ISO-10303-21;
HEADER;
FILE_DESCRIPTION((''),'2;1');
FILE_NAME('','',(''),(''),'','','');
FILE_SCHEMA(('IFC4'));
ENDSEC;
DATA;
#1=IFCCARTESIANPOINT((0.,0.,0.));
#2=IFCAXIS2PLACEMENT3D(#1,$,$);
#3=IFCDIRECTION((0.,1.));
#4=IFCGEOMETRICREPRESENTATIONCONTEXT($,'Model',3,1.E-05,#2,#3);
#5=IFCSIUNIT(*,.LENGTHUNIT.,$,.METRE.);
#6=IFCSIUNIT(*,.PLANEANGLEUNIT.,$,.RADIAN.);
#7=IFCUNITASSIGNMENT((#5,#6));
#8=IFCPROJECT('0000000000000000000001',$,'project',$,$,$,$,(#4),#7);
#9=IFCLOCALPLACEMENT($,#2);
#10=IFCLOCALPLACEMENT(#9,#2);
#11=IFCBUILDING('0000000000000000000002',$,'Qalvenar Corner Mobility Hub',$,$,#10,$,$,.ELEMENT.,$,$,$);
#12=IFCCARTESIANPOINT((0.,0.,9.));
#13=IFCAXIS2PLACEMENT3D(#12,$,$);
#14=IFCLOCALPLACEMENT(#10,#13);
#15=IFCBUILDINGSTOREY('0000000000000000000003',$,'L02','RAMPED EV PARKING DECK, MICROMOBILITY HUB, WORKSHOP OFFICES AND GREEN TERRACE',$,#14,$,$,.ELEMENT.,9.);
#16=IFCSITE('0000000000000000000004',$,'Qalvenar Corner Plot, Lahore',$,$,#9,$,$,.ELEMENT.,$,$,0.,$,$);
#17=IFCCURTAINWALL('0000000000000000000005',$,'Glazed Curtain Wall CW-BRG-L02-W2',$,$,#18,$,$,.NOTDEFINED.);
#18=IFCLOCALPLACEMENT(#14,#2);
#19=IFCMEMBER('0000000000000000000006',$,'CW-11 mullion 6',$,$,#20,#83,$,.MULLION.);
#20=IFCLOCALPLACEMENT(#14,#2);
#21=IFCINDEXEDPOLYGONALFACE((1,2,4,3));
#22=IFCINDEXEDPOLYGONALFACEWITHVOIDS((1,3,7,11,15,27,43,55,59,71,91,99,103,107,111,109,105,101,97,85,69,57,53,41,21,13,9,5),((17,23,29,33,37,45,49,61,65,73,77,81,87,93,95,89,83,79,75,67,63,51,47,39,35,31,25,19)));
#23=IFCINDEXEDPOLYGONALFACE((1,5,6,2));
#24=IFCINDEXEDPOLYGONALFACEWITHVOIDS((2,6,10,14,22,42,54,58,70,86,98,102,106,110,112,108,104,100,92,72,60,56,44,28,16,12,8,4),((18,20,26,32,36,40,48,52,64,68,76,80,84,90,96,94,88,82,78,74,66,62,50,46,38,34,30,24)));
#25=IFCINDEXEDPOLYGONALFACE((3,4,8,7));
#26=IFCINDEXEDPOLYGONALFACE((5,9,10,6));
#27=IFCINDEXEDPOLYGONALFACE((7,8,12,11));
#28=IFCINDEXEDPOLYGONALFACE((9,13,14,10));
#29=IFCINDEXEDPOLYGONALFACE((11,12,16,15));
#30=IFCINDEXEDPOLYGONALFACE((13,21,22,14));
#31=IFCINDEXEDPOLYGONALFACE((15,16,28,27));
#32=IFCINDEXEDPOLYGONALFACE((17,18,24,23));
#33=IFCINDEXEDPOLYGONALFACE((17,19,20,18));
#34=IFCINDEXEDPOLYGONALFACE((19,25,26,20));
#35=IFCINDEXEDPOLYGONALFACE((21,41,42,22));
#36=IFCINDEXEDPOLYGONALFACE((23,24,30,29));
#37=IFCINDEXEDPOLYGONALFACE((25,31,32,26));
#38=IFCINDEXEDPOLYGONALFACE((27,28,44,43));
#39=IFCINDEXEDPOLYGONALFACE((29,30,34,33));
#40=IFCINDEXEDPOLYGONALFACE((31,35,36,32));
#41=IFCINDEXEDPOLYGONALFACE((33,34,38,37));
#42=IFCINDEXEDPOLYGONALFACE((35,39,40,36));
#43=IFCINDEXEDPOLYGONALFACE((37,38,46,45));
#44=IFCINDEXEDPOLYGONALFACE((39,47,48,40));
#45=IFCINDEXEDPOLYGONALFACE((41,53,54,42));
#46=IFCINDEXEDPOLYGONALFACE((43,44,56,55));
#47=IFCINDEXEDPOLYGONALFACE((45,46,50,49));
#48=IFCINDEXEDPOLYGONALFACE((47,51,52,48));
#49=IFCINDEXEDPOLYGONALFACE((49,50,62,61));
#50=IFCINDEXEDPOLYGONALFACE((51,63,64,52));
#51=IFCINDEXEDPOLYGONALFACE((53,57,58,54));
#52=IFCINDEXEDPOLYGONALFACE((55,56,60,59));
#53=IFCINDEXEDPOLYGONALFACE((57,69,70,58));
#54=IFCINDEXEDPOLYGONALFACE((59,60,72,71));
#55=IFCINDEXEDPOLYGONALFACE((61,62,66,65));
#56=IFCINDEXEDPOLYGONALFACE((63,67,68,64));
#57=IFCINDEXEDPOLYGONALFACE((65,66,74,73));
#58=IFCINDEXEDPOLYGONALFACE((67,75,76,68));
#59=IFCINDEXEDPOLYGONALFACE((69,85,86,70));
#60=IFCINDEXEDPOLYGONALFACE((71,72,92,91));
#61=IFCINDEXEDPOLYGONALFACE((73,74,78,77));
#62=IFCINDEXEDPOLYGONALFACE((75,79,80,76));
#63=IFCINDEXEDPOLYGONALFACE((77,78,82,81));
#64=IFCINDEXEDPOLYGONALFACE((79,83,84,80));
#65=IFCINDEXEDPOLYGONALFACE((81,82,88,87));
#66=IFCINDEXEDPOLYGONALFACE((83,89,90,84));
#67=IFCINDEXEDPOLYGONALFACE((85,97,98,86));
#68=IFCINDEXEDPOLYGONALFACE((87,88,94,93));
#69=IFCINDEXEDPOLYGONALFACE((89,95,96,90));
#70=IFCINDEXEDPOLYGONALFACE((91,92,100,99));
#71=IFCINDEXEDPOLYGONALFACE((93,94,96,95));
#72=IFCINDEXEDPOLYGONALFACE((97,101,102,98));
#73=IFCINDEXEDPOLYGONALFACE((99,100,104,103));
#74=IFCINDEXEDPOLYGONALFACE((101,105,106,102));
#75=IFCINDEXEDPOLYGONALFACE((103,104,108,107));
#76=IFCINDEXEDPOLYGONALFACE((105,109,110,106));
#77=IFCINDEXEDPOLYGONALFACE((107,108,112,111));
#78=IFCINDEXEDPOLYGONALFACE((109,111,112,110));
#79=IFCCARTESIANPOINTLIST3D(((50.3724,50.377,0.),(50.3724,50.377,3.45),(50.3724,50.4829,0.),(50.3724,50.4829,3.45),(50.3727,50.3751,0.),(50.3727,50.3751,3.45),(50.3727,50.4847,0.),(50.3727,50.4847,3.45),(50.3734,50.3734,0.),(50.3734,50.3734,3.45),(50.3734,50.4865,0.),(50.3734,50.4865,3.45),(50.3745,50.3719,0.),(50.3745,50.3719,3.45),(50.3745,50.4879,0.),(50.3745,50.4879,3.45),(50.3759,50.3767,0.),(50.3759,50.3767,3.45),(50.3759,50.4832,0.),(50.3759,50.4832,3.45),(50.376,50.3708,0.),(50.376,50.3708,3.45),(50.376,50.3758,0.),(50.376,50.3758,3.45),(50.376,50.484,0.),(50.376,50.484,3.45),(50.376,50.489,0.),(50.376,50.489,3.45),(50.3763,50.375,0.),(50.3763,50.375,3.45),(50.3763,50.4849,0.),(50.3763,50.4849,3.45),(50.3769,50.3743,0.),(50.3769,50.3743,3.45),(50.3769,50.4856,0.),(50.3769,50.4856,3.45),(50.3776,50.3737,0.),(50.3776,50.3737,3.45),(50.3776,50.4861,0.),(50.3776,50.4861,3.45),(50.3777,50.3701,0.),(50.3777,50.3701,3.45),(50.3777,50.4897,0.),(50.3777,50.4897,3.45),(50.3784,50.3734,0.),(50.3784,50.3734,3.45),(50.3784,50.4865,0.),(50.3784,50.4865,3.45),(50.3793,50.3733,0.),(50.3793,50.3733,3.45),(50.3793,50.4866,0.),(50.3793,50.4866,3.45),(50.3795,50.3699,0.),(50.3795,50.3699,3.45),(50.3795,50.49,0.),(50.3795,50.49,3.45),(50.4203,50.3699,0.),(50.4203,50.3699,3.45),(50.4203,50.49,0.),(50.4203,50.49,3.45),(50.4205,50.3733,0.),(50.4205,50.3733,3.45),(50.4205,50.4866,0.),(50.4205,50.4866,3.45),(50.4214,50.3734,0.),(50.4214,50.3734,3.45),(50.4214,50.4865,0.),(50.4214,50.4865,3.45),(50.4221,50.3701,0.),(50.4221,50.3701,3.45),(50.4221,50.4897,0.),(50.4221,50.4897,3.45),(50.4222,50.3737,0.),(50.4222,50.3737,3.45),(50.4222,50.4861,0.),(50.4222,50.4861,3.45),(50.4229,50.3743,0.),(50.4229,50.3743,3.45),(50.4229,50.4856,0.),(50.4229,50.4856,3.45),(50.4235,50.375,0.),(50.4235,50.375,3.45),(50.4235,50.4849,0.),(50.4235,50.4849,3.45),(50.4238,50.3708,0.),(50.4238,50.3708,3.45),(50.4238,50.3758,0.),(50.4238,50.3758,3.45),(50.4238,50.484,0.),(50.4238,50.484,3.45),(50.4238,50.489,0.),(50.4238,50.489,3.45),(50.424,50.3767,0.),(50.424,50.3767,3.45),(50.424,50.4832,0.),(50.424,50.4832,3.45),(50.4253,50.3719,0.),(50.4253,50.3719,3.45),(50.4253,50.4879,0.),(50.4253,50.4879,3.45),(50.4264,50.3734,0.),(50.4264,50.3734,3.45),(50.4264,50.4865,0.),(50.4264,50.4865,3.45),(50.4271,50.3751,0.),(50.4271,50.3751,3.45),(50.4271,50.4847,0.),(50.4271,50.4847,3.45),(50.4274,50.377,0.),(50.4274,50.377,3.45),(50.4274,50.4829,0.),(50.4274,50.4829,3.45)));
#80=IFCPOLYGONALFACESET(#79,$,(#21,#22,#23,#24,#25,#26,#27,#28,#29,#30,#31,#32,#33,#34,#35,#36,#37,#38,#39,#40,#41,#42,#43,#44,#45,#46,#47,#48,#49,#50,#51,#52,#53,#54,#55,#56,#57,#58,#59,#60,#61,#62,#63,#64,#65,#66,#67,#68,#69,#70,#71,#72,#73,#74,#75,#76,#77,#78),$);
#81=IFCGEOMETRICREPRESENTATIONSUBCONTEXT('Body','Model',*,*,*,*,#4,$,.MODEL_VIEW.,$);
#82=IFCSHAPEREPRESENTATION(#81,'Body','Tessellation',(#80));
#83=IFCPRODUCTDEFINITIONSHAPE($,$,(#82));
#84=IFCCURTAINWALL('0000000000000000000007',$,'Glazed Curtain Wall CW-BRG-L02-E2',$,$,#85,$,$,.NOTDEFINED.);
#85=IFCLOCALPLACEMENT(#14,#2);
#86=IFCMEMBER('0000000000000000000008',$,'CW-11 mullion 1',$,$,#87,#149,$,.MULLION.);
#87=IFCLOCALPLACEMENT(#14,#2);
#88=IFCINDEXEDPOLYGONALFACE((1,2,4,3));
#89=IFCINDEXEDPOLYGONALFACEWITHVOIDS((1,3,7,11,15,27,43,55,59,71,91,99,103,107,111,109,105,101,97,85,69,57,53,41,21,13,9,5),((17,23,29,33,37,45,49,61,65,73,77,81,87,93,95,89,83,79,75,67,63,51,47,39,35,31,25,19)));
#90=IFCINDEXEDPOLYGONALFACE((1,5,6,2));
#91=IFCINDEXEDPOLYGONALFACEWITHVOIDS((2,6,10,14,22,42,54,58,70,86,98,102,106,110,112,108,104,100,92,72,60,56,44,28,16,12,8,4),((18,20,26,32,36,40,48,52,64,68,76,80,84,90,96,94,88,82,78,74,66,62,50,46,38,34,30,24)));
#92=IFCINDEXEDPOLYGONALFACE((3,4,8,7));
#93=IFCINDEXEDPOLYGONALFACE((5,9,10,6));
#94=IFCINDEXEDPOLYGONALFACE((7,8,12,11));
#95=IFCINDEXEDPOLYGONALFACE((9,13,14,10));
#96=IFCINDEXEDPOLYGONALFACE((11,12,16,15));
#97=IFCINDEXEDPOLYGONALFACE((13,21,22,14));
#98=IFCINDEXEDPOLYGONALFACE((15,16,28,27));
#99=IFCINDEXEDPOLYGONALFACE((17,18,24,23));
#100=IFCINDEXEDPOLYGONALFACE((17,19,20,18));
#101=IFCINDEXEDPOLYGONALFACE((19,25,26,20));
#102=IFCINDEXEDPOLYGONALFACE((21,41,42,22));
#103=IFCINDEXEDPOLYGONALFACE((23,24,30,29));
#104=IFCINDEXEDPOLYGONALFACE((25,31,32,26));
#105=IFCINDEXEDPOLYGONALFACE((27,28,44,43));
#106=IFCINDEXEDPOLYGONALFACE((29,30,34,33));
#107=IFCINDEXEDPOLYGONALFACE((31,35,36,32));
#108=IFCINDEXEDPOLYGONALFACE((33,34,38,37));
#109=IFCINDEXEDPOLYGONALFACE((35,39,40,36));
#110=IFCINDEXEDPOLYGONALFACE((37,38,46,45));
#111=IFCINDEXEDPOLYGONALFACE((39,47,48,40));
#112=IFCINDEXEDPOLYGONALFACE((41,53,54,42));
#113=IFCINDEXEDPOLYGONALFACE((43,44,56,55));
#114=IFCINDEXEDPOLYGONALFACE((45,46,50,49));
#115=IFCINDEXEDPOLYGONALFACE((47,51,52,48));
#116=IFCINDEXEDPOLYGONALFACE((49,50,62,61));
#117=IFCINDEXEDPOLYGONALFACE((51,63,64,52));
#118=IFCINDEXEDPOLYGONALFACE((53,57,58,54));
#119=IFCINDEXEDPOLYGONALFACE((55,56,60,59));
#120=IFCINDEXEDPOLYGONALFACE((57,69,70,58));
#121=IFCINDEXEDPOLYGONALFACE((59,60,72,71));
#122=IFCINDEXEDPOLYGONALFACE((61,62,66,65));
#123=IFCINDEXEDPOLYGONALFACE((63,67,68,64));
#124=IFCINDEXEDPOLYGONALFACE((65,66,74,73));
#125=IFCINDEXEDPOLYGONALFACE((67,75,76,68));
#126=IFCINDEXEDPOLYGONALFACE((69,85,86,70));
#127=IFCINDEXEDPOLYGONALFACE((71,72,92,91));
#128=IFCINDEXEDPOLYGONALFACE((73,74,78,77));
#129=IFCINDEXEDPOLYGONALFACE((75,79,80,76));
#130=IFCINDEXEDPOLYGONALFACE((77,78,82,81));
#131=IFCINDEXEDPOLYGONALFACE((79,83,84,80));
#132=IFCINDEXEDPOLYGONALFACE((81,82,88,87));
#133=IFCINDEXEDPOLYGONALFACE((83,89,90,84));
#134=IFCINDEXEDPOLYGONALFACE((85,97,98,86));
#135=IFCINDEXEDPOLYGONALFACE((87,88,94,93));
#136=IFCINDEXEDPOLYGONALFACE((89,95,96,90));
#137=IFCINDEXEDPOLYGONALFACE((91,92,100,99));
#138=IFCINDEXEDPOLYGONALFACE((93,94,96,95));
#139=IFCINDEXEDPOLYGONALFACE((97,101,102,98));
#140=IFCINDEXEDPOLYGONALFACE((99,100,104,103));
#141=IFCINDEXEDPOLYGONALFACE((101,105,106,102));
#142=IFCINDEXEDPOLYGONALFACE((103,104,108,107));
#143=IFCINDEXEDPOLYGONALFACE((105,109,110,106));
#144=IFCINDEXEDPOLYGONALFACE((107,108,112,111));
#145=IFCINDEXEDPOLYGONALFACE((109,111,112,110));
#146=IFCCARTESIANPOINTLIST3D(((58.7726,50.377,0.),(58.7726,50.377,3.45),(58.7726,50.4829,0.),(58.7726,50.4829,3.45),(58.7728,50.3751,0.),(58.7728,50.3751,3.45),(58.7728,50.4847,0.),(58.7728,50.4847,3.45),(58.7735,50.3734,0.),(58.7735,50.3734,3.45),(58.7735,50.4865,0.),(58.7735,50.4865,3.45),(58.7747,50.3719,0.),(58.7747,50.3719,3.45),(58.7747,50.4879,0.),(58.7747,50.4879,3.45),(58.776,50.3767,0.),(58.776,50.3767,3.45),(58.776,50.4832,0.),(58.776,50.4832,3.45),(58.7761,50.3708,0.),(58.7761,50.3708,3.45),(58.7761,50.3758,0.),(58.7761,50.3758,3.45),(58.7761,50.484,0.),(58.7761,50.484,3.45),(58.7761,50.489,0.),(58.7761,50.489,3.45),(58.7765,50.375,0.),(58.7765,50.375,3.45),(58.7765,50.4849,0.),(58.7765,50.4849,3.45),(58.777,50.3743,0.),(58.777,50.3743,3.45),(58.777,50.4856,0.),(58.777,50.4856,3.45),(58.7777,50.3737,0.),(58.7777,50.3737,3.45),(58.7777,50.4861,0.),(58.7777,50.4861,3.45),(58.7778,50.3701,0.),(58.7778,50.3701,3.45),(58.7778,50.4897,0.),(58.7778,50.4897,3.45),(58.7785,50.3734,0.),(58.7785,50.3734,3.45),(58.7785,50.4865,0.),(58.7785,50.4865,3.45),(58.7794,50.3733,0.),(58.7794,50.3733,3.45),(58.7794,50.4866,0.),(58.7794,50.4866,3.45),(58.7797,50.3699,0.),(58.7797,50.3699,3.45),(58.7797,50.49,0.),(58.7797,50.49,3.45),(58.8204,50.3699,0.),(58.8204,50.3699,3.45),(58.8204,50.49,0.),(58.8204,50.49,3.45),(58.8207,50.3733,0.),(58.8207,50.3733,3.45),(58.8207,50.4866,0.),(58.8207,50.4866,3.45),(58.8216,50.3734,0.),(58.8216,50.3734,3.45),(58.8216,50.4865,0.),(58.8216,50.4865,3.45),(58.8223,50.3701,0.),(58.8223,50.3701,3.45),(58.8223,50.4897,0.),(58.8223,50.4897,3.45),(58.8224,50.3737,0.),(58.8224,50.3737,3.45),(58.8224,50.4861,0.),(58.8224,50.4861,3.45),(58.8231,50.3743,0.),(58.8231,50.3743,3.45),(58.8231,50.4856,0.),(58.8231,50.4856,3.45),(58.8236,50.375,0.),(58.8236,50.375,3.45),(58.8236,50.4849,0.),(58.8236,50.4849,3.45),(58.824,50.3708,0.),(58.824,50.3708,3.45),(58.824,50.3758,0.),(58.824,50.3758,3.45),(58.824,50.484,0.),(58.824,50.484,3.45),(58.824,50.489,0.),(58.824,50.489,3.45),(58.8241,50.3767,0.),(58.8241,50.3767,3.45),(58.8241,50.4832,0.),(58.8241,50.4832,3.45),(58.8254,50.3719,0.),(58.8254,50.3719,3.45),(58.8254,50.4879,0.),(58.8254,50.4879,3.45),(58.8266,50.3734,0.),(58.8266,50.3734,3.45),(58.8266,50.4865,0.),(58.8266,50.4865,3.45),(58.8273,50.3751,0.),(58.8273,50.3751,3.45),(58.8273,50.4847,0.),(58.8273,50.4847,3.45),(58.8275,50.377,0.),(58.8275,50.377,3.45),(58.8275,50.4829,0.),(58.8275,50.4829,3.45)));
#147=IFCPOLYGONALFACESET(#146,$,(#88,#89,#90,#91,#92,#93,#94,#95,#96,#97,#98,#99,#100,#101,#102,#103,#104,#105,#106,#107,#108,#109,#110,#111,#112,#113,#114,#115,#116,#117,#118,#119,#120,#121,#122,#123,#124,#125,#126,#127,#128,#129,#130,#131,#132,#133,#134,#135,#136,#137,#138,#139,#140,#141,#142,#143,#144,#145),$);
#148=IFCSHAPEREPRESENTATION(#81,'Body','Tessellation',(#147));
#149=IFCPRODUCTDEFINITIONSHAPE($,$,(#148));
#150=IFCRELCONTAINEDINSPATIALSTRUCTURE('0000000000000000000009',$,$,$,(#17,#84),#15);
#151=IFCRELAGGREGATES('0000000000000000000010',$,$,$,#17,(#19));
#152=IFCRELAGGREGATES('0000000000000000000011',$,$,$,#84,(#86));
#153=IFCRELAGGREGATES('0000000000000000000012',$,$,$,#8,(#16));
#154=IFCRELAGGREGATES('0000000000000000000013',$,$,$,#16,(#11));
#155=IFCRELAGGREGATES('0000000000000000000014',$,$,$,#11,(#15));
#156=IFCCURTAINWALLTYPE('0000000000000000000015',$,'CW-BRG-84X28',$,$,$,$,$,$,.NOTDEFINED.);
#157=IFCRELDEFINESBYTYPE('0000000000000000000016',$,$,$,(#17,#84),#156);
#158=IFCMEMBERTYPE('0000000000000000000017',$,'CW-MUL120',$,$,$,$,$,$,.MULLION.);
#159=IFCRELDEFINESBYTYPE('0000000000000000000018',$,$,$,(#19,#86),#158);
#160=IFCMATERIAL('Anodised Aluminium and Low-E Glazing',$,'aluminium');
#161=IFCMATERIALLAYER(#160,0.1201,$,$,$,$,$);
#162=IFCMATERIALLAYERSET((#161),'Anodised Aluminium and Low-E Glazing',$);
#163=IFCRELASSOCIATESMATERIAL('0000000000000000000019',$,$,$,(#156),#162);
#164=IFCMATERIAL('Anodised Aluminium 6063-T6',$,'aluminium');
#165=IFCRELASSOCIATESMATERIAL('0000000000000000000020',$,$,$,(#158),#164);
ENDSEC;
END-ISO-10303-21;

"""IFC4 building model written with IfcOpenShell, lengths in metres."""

from ifc_helpers import new_model, si_unit, direction, frame, origin, origin_2d, place, context, subcontext, project, spatial, hollow_rectangle, extrude, material, layer, layer_set, material_profile, profile_set, type_object, element, aggregate, save


model = new_model("IFC4")

# Units and contexts
model_context = context("Model", 3, precision=1e-05, world=origin(), true_north=direction((0.0, 1.0)))
body_context = subcontext(model_context, "Body", "Model", "MODEL_VIEW")
ifc_project = project(units=[si_unit("LENGTHUNIT", "METRE"), si_unit("PLANEANGLEUNIT", "RADIAN")], contexts=[model_context])

# Site, building, storey
site_placement = place(None, origin())
site = spatial("IfcSite", under=ifc_project, at=site_placement, Name="Qalvenar Corner Plot, Lahore", CompositionType="ELEMENT", RefElevation=0.0)
building_placement = place(site_placement, origin())
building = spatial("IfcBuilding", under=site, at=building_placement, Name="Qalvenar Corner Mobility Hub", CompositionType="ELEMENT")
storey_placement = place(building_placement, frame((0.0, 0.0, 9.0)))
storey = spatial("IfcBuildingStorey", under=building, at=storey_placement, Name="L02", Description="RAMPED EV PARKING DECK, MICROMOBILITY HUB, WORKSHOP OFFICES AND GREEN TERRACE", CompositionType="ELEMENT", Elevation=9.0)

# Shared definitions
ifc_material_1 = material(Name="Anodised Aluminium and Low-E Glazing", Category="aluminium")
ifc_layer_1 = layer(ifc_material_1, 0.1201)
ifc_layer_set_1 = layer_set([ifc_layer_1], Name="Anodised Aluminium and Low-E Glazing")
curtain_wall_type = type_object("IfcCurtainWallType", Name="CW-BRG-84X28", PredefinedType="NOTDEFINED", material=ifc_layer_set_1)
ifc_material_2 = material(Name="Anodised Aluminium 6063-T6", Category="aluminium")
ifc_material_profile_1 = material_profile(ifc_material_2, hollow_rectangle(XDim=0.0549, YDim=0.1201, WallThickness=0.0034, InnerFilletRadius=0.0034, OuterFilletRadius=0.0071, at=origin_2d()), Name="RHS120x55x3.5")
ifc_profile_set_1 = profile_set([ifc_material_profile_1], Name="Anodised Aluminium 6063-T6")
member_type_1 = type_object("IfcMemberType", Name="CW-MUL120", PredefinedType="MULLION", material=ifc_profile_set_1)

# Curtain walls, members
curtain_wall_1_placement = place(storey_placement, origin())
curtain_wall_1 = element("IfcCurtainWall", 1, at=curtain_wall_1_placement, inside=storey, type_object=curtain_wall_type, Name="Glazed Curtain Wall CW-BRG-L02-W2", PredefinedType="NOTDEFINED")
member_1_placement = place(storey_placement, frame((50.3999, 50.4299, 0.0), z_axis=(0.0, 0.0, 1.0), x_axis=(1.0, 0.0, 0.0)))
member_1 = element("IfcMember", 2, at=member_1_placement, type_object=member_type_1, Name="CW-11 mullion 6", PredefinedType="MULLION", context=body_context, shape_type="SweptSolid", body=[
    extrude(hollow_rectangle(XDim=0.0549, YDim=0.1201, WallThickness=0.0034, InnerFilletRadius=0.0034, OuterFilletRadius=0.0071, at=origin_2d()), origin(), (0.0, 0.0, 1.0), 3.45),
])
curtain_wall_2_placement = place(storey_placement, origin())
curtain_wall_2 = element("IfcCurtainWall", 3, at=curtain_wall_2_placement, inside=storey, type_object=curtain_wall_type, Name="Glazed Curtain Wall CW-BRG-L02-E2", PredefinedType="NOTDEFINED")
member_2_placement = place(storey_placement, frame((58.8, 50.4299, 0.0), z_axis=(0.0, 0.0, 1.0), x_axis=(-1.0, 0.0, 0.0)))
member_2 = element("IfcMember", 4, at=member_2_placement, type_object=member_type_1, Name="CW-11 mullion 1", PredefinedType="MULLION", context=body_context, shape_type="SweptSolid", body=[
    extrude(hollow_rectangle(XDim=0.0549, YDim=0.1201, WallThickness=0.0034, InnerFilletRadius=0.0034, OuterFilletRadius=0.0071, at=origin_2d()), origin(), (0.0, 0.0, 1.0), 3.45),
])

aggregate(curtain_wall_1, [member_1])
aggregate(curtain_wall_2, [member_2])

save(model, "model.ifc")
